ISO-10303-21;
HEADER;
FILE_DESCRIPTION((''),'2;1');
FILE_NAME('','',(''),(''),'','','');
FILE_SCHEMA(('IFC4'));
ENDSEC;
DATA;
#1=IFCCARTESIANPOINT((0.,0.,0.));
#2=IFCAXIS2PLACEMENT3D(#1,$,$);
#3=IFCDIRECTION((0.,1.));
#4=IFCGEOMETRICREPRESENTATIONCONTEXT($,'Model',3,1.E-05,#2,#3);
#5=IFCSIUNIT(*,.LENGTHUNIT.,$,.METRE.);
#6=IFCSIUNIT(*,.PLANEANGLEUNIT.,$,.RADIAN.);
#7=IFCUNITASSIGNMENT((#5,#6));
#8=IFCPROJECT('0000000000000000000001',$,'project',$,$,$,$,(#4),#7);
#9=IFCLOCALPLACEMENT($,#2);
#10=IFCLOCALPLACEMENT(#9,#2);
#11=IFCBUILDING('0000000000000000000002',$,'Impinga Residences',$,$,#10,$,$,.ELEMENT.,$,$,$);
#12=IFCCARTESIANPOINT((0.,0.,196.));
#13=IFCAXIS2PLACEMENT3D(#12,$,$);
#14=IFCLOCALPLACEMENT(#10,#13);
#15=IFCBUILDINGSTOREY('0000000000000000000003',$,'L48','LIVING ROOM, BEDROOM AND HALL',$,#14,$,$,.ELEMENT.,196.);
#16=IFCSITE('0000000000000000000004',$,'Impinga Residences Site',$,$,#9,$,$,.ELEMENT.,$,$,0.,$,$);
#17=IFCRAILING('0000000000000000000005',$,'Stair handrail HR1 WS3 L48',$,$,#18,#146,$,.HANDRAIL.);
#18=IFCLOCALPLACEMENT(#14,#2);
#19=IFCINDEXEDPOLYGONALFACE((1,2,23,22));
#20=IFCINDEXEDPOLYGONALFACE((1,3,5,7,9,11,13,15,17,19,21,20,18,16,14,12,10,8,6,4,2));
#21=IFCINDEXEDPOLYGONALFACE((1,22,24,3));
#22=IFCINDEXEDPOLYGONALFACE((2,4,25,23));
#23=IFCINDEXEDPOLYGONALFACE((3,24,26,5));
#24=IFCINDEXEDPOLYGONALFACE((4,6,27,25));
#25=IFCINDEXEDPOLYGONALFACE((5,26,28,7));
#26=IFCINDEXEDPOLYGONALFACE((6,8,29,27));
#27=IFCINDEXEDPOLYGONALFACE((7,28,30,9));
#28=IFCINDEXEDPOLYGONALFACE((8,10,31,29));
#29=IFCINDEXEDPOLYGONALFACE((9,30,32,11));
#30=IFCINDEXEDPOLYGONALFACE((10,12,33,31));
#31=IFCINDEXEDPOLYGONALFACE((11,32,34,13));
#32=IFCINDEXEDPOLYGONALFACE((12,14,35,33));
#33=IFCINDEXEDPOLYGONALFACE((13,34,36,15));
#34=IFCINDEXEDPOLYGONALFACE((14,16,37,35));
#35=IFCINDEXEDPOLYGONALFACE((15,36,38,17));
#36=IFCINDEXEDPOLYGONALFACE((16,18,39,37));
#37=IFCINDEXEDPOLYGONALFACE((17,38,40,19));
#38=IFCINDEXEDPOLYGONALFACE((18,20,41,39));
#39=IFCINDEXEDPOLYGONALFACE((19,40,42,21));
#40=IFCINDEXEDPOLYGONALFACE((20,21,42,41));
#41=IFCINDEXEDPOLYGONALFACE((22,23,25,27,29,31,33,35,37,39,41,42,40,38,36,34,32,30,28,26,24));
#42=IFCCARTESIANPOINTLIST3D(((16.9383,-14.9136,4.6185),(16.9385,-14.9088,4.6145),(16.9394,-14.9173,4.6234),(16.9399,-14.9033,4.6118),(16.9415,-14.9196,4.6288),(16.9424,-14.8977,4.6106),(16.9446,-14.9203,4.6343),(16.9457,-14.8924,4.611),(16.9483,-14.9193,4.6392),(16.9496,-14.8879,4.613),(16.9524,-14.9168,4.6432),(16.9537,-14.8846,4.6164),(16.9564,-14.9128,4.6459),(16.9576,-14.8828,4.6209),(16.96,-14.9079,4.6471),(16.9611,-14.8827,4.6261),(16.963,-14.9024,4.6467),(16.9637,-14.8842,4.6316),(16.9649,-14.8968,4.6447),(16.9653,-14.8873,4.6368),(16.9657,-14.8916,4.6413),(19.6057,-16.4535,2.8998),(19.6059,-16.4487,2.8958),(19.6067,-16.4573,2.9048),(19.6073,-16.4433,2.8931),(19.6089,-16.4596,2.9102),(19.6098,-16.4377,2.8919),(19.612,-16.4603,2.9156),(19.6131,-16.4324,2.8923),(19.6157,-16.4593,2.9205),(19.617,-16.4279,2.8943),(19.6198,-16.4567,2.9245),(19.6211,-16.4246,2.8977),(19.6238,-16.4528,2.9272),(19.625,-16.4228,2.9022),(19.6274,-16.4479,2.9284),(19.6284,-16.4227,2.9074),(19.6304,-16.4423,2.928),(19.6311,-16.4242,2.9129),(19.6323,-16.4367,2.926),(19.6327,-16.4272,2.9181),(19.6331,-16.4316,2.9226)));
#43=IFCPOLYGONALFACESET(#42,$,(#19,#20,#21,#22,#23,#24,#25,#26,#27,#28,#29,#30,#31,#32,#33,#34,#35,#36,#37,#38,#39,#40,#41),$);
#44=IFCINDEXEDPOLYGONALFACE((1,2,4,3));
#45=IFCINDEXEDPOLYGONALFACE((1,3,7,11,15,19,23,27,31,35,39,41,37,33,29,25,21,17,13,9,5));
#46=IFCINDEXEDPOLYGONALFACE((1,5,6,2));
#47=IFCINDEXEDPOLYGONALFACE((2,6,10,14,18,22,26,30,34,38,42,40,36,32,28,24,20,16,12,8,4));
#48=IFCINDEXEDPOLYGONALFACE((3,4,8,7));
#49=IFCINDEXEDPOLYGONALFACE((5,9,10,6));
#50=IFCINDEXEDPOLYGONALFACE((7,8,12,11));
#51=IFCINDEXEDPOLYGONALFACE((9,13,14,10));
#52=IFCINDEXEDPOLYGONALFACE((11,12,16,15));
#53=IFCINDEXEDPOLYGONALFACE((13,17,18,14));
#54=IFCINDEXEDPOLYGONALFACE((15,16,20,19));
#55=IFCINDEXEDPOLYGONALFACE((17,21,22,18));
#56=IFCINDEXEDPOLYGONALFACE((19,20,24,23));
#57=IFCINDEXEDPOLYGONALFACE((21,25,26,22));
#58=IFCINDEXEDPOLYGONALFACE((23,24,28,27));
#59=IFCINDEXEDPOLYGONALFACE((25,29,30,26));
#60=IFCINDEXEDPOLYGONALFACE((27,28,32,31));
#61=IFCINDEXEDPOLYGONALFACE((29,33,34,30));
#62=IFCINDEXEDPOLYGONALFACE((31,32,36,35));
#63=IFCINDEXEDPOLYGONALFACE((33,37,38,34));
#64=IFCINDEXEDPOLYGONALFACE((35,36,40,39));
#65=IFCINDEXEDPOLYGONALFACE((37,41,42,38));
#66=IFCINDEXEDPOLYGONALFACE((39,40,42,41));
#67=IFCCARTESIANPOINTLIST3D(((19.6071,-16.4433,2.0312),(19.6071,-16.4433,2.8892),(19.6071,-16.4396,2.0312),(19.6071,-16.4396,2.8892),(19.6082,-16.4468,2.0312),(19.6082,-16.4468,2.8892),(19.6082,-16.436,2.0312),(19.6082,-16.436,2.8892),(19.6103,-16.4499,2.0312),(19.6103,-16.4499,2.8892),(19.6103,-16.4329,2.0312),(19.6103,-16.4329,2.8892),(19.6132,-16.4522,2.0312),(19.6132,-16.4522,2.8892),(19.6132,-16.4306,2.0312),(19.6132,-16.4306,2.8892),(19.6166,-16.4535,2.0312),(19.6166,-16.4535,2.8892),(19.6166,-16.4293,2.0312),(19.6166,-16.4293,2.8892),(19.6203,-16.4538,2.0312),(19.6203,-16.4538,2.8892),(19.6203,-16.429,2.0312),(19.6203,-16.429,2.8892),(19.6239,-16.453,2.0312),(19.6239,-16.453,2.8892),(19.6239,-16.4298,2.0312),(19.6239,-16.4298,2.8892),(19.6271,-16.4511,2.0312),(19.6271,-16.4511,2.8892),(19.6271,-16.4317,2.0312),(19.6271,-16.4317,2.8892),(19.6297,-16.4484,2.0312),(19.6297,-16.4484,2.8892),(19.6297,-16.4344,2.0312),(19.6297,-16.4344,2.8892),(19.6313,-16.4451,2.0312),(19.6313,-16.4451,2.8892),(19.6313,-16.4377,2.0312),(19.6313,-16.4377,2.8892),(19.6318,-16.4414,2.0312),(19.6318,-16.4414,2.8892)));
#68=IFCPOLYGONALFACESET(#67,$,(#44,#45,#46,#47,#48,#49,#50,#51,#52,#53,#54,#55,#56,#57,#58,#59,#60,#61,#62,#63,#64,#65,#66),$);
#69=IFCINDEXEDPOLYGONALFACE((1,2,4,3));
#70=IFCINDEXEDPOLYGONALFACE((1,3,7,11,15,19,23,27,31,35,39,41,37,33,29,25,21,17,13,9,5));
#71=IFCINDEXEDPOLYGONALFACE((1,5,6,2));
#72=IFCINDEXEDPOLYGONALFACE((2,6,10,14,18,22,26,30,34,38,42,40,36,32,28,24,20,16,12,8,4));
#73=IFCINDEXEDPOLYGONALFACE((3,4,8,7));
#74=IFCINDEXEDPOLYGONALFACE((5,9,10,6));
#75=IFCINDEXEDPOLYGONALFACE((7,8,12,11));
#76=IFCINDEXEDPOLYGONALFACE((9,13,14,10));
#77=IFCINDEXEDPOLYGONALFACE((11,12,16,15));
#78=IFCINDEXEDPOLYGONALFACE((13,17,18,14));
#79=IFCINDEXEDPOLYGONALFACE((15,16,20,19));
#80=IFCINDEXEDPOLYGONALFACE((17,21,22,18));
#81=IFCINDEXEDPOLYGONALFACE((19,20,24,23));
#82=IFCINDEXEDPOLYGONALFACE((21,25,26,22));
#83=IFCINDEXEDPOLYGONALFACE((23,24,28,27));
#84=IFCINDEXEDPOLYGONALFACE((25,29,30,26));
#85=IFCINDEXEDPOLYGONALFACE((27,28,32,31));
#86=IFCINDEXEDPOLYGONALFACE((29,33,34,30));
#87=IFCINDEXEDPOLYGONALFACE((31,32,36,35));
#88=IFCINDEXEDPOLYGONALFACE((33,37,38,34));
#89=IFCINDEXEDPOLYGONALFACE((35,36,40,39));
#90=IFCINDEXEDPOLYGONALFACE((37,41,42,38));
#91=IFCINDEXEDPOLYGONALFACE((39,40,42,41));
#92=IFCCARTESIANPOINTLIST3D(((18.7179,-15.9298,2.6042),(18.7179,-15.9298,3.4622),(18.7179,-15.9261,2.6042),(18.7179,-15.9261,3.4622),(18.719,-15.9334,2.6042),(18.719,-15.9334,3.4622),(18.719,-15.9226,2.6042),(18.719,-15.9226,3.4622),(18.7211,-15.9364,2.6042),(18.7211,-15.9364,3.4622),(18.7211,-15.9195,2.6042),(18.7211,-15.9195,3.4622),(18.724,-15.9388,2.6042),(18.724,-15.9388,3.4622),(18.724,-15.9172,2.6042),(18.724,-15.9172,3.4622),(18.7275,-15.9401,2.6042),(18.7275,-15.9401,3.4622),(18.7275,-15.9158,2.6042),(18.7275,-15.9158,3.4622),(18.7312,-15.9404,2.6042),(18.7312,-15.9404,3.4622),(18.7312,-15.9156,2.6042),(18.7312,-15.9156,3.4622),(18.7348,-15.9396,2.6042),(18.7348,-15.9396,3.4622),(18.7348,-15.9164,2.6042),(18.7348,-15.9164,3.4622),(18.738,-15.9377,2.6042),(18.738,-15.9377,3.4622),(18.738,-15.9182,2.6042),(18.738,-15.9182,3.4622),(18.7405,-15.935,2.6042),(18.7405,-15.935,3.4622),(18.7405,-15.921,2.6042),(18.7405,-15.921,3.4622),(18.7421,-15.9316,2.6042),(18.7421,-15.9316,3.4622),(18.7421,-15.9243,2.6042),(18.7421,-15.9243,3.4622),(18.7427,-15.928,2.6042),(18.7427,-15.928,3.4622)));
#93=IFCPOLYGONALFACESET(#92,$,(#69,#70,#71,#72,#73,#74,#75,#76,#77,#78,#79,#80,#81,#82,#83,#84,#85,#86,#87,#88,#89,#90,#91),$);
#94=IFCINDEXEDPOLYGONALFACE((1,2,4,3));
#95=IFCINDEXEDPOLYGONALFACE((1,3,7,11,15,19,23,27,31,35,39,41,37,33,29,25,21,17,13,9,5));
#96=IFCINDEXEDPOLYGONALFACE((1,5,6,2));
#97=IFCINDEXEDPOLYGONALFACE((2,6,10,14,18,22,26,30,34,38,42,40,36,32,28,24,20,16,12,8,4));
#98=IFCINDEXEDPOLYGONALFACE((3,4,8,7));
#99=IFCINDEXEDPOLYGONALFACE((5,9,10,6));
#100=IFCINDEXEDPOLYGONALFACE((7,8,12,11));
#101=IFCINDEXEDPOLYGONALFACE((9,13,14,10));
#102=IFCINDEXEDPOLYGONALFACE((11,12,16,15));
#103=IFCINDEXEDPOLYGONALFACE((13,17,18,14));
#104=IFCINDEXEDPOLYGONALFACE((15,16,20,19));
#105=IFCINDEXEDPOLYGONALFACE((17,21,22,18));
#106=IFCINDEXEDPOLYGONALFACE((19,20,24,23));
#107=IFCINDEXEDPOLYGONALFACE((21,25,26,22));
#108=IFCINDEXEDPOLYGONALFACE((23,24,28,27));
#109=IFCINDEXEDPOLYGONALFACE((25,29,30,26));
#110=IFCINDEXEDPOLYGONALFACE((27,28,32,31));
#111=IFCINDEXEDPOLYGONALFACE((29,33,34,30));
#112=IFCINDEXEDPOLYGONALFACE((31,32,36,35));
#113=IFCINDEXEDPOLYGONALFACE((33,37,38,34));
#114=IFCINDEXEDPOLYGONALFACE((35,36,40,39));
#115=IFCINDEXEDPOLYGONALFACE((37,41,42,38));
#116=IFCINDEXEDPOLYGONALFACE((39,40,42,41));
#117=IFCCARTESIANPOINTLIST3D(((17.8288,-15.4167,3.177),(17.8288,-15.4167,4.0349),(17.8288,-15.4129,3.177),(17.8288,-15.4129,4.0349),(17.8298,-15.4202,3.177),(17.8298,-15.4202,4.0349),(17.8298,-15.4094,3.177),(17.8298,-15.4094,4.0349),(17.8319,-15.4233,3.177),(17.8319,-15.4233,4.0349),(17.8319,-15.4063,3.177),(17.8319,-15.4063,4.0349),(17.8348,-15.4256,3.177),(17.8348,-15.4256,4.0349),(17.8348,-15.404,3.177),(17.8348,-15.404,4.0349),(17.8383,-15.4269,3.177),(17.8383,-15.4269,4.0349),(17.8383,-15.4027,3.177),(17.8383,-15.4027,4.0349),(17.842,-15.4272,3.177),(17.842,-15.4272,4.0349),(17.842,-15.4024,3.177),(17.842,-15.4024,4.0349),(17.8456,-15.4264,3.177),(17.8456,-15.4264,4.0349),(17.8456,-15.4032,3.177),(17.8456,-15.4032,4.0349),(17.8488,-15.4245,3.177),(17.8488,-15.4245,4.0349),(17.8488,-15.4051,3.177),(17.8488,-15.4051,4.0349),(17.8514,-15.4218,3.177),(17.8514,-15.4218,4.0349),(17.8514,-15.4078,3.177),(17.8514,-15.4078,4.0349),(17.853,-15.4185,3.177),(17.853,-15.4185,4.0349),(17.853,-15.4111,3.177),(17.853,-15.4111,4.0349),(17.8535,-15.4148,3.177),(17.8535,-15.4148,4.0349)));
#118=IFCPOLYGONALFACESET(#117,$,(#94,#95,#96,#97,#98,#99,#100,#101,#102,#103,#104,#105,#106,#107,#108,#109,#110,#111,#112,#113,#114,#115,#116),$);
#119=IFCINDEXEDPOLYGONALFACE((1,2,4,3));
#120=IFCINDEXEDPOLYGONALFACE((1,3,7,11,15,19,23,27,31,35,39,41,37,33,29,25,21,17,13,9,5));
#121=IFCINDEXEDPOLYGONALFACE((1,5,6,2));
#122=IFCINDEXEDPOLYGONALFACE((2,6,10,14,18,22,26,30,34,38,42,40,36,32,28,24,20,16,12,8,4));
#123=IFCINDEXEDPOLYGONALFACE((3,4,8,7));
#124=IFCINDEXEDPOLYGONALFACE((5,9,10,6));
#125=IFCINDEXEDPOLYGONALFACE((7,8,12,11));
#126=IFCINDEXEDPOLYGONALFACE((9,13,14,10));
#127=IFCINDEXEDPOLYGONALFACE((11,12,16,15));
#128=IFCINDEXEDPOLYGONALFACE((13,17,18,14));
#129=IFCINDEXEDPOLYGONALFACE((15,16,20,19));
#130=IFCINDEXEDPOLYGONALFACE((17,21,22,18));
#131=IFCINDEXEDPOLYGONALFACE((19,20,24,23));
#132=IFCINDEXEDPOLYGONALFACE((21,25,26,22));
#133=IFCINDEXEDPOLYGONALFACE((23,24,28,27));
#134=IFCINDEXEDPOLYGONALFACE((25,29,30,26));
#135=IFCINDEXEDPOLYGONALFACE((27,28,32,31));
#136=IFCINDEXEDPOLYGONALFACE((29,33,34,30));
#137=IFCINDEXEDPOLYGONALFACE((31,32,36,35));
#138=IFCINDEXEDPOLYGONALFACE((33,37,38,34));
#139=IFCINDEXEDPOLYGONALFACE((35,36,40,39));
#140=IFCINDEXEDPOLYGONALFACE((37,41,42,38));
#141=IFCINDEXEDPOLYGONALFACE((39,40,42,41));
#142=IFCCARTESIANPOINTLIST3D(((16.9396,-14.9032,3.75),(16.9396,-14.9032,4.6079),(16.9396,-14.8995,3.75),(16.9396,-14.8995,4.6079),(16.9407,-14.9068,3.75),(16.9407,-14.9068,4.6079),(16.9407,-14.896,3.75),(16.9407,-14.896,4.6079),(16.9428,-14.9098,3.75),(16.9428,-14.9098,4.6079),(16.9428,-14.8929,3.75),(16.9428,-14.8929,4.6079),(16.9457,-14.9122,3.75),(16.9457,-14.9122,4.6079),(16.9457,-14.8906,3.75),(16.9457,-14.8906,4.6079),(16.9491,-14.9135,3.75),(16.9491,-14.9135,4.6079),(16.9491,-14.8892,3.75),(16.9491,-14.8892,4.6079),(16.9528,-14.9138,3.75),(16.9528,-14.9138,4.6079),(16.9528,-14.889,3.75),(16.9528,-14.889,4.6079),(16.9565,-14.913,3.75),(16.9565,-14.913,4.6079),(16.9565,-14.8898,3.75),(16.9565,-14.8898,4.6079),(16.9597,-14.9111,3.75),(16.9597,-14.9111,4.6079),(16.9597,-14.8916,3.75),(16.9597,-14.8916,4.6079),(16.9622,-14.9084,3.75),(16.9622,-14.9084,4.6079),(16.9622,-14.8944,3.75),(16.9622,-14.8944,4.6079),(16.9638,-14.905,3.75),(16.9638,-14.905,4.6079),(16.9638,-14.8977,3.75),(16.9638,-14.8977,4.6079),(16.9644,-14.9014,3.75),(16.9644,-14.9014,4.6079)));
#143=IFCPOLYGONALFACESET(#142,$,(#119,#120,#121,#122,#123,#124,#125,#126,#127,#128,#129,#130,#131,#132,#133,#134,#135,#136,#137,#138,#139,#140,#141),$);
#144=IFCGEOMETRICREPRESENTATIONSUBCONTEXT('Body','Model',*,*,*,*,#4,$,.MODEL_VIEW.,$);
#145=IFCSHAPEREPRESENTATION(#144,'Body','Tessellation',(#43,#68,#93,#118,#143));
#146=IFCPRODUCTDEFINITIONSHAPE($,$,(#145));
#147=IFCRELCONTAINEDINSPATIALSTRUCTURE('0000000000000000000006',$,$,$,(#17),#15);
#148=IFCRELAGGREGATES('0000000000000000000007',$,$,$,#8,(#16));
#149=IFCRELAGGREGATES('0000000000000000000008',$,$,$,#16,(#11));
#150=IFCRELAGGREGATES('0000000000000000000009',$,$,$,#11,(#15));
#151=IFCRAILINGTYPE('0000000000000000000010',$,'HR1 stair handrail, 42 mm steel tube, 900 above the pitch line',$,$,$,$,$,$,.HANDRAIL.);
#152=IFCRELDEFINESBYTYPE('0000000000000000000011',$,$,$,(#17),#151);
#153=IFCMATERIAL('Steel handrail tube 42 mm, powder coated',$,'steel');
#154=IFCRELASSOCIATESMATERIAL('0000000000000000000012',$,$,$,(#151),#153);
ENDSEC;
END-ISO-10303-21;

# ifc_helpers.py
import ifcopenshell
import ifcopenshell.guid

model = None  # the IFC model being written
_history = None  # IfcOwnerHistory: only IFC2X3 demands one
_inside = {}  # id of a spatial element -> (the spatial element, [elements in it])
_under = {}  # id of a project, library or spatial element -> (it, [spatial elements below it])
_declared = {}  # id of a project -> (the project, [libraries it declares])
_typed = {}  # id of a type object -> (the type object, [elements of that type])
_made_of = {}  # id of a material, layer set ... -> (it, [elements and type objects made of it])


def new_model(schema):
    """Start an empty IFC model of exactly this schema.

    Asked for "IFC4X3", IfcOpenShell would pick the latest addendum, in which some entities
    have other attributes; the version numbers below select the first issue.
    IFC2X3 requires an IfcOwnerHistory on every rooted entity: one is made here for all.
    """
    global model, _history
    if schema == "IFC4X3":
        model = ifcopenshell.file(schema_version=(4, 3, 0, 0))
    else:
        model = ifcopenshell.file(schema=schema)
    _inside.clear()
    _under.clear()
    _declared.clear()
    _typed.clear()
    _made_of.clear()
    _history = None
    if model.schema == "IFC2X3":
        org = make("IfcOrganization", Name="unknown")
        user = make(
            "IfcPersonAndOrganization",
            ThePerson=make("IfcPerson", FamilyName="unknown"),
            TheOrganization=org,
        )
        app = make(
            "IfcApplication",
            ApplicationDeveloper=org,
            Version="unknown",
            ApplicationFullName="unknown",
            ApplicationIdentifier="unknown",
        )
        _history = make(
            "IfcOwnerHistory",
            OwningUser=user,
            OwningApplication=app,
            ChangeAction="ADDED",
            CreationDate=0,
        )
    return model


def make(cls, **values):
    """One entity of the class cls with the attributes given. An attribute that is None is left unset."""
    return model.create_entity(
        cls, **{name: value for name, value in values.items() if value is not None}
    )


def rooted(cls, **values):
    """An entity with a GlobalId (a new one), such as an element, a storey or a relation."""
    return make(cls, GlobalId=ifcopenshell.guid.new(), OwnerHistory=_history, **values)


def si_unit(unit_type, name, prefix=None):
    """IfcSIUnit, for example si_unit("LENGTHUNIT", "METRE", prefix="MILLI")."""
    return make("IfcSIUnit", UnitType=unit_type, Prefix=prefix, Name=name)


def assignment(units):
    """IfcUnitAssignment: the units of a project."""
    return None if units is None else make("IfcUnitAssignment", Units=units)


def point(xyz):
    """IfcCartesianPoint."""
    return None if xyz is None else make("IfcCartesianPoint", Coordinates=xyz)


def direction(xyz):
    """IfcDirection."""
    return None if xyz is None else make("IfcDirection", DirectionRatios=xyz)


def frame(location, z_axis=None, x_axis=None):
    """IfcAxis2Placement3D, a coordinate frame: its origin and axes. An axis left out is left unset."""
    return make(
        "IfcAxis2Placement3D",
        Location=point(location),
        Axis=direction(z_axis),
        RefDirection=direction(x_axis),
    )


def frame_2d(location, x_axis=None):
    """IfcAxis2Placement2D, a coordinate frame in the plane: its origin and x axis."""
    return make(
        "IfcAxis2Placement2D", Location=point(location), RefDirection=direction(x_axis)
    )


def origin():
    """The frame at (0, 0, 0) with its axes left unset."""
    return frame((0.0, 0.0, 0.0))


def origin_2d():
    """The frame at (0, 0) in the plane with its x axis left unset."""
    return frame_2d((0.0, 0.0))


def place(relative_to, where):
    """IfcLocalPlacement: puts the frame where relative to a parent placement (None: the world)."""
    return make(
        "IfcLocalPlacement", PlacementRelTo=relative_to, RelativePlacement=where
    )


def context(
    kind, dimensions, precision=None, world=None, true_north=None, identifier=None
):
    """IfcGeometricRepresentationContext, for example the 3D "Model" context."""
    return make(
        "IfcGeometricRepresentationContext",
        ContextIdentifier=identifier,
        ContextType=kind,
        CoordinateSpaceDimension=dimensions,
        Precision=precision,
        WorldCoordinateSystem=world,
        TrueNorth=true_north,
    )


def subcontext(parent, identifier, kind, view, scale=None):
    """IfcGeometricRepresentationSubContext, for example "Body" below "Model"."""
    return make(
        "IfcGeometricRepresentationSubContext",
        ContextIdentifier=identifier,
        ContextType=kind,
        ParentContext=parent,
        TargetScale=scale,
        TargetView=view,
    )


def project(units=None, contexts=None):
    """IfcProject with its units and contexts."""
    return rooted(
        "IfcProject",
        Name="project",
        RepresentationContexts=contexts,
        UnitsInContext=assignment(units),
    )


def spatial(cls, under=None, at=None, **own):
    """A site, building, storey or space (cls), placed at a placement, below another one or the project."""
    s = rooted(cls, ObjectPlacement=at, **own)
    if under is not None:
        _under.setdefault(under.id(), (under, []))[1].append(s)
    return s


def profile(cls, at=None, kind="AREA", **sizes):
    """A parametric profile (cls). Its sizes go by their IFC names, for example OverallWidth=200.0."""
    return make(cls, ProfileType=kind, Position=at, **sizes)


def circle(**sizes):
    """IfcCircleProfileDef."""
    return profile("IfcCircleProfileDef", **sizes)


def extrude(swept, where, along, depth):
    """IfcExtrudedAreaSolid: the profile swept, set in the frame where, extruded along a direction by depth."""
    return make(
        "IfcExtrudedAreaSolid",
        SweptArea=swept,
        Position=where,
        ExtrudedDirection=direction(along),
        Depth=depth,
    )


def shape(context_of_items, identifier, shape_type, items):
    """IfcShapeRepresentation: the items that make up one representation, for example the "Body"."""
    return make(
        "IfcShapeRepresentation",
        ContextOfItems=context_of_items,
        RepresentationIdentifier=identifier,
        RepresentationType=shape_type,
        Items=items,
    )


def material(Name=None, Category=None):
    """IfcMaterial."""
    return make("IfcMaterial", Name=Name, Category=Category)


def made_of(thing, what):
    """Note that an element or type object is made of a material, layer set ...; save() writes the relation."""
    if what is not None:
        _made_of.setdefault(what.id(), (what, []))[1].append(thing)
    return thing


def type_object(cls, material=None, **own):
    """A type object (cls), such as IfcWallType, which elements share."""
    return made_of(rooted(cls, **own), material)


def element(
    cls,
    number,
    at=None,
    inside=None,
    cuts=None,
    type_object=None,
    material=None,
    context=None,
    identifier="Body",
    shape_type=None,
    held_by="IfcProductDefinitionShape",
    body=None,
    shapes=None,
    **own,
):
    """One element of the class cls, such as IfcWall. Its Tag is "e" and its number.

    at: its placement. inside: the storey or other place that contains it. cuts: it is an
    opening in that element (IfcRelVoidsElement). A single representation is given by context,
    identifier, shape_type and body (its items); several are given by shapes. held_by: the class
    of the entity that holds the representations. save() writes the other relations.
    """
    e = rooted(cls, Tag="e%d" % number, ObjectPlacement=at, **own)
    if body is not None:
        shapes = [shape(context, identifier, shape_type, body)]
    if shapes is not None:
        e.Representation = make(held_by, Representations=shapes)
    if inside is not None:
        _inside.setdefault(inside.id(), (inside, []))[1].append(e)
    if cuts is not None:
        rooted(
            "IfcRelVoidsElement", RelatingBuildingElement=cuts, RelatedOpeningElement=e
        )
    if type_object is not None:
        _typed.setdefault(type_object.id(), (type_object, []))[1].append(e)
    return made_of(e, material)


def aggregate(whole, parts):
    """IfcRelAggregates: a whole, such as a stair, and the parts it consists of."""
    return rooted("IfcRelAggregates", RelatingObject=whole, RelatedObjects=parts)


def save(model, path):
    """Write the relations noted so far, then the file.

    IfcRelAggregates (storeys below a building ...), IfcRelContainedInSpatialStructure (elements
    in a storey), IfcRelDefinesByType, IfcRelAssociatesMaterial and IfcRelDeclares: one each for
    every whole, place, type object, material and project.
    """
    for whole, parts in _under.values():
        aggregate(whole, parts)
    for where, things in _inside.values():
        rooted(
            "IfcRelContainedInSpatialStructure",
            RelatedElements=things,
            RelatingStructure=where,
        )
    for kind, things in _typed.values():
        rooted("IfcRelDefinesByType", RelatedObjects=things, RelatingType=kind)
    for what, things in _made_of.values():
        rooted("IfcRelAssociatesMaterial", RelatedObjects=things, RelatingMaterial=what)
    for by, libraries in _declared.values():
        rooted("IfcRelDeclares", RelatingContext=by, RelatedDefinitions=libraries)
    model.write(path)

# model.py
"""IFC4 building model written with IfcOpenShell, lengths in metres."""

from ifc_helpers import new_model, si_unit, direction, frame, origin, origin_2d, place, context, subcontext, project, spatial, circle, extrude, material, type_object, element, save


model = new_model("IFC4")

# Units and contexts
model_context = context("Model", 3, precision=1e-05, world=origin(), true_north=direction((0.0, 1.0)))
body_context = subcontext(model_context, "Body", "Model", "MODEL_VIEW")
ifc_project = project(units=[si_unit("LENGTHUNIT", "METRE"), si_unit("PLANEANGLEUNIT", "RADIAN")], contexts=[model_context])

# Site, building, storey
site_placement = place(None, origin())
site = spatial("IfcSite", under=ifc_project, at=site_placement, Name="Impinga Residences Site", CompositionType="ELEMENT", RefElevation=0.0)
building_placement = place(site_placement, origin())
building = spatial("IfcBuilding", under=site, at=building_placement, Name="Impinga Residences", CompositionType="ELEMENT")
storey_placement = place(building_placement, frame((0.0, 0.0, 196.0)))
storey = spatial("IfcBuildingStorey", under=building, at=storey_placement, Name="L48", Description="LIVING ROOM, BEDROOM AND HALL", CompositionType="ELEMENT", Elevation=196.0)

# Railing
ifc_material_1 = material(Name="Steel handrail tube 42 mm, powder coated", Category="steel")
railing_type_1 = type_object("IfcRailingType", Name="HR1 stair handrail, 42 mm steel tube, 900 above the pitch line", PredefinedType="HANDRAIL", material=ifc_material_1)
railing_1_placement = place(storey_placement, frame((19.6194, -16.4414, 2.0312)))
element("IfcRailing", 1, at=railing_1_placement, inside=storey, type_object=railing_type_1, Name="Stair handrail HR1 WS3 L48", PredefinedType="HANDRAIL", context=body_context, shape_type="SweptSolid", body=[
    extrude(circle(Radius=0.021, at=origin_2d()), frame((0.0, 0.0, 0.8789), z_axis=(-0.756256, 0.436616, 0.487282), x_axis=(-0.499992, -0.86603, 0.0)), (0.0, 0.0, 1.0), 3.5271),
    extrude(circle(Radius=0.0125, at=origin_2d()), origin(), (0.0, 0.0, 1.0), 0.8579),
    extrude(circle(Radius=0.0125, at=origin_2d()), frame((-0.8892, 0.5134, 0.573)), (0.0, 0.0, 1.0), 0.8579),
    extrude(circle(Radius=0.0125, at=origin_2d()), frame((-1.7783, 1.0266, 1.1458)), (0.0, 0.0, 1.0), 0.8579),
    extrude(circle(Radius=0.0125, at=origin_2d()), frame((-2.6675, 1.54, 1.7188)), (0.0, 0.0, 1.0), 0.8579),
])

save(model, "model.ifc")
